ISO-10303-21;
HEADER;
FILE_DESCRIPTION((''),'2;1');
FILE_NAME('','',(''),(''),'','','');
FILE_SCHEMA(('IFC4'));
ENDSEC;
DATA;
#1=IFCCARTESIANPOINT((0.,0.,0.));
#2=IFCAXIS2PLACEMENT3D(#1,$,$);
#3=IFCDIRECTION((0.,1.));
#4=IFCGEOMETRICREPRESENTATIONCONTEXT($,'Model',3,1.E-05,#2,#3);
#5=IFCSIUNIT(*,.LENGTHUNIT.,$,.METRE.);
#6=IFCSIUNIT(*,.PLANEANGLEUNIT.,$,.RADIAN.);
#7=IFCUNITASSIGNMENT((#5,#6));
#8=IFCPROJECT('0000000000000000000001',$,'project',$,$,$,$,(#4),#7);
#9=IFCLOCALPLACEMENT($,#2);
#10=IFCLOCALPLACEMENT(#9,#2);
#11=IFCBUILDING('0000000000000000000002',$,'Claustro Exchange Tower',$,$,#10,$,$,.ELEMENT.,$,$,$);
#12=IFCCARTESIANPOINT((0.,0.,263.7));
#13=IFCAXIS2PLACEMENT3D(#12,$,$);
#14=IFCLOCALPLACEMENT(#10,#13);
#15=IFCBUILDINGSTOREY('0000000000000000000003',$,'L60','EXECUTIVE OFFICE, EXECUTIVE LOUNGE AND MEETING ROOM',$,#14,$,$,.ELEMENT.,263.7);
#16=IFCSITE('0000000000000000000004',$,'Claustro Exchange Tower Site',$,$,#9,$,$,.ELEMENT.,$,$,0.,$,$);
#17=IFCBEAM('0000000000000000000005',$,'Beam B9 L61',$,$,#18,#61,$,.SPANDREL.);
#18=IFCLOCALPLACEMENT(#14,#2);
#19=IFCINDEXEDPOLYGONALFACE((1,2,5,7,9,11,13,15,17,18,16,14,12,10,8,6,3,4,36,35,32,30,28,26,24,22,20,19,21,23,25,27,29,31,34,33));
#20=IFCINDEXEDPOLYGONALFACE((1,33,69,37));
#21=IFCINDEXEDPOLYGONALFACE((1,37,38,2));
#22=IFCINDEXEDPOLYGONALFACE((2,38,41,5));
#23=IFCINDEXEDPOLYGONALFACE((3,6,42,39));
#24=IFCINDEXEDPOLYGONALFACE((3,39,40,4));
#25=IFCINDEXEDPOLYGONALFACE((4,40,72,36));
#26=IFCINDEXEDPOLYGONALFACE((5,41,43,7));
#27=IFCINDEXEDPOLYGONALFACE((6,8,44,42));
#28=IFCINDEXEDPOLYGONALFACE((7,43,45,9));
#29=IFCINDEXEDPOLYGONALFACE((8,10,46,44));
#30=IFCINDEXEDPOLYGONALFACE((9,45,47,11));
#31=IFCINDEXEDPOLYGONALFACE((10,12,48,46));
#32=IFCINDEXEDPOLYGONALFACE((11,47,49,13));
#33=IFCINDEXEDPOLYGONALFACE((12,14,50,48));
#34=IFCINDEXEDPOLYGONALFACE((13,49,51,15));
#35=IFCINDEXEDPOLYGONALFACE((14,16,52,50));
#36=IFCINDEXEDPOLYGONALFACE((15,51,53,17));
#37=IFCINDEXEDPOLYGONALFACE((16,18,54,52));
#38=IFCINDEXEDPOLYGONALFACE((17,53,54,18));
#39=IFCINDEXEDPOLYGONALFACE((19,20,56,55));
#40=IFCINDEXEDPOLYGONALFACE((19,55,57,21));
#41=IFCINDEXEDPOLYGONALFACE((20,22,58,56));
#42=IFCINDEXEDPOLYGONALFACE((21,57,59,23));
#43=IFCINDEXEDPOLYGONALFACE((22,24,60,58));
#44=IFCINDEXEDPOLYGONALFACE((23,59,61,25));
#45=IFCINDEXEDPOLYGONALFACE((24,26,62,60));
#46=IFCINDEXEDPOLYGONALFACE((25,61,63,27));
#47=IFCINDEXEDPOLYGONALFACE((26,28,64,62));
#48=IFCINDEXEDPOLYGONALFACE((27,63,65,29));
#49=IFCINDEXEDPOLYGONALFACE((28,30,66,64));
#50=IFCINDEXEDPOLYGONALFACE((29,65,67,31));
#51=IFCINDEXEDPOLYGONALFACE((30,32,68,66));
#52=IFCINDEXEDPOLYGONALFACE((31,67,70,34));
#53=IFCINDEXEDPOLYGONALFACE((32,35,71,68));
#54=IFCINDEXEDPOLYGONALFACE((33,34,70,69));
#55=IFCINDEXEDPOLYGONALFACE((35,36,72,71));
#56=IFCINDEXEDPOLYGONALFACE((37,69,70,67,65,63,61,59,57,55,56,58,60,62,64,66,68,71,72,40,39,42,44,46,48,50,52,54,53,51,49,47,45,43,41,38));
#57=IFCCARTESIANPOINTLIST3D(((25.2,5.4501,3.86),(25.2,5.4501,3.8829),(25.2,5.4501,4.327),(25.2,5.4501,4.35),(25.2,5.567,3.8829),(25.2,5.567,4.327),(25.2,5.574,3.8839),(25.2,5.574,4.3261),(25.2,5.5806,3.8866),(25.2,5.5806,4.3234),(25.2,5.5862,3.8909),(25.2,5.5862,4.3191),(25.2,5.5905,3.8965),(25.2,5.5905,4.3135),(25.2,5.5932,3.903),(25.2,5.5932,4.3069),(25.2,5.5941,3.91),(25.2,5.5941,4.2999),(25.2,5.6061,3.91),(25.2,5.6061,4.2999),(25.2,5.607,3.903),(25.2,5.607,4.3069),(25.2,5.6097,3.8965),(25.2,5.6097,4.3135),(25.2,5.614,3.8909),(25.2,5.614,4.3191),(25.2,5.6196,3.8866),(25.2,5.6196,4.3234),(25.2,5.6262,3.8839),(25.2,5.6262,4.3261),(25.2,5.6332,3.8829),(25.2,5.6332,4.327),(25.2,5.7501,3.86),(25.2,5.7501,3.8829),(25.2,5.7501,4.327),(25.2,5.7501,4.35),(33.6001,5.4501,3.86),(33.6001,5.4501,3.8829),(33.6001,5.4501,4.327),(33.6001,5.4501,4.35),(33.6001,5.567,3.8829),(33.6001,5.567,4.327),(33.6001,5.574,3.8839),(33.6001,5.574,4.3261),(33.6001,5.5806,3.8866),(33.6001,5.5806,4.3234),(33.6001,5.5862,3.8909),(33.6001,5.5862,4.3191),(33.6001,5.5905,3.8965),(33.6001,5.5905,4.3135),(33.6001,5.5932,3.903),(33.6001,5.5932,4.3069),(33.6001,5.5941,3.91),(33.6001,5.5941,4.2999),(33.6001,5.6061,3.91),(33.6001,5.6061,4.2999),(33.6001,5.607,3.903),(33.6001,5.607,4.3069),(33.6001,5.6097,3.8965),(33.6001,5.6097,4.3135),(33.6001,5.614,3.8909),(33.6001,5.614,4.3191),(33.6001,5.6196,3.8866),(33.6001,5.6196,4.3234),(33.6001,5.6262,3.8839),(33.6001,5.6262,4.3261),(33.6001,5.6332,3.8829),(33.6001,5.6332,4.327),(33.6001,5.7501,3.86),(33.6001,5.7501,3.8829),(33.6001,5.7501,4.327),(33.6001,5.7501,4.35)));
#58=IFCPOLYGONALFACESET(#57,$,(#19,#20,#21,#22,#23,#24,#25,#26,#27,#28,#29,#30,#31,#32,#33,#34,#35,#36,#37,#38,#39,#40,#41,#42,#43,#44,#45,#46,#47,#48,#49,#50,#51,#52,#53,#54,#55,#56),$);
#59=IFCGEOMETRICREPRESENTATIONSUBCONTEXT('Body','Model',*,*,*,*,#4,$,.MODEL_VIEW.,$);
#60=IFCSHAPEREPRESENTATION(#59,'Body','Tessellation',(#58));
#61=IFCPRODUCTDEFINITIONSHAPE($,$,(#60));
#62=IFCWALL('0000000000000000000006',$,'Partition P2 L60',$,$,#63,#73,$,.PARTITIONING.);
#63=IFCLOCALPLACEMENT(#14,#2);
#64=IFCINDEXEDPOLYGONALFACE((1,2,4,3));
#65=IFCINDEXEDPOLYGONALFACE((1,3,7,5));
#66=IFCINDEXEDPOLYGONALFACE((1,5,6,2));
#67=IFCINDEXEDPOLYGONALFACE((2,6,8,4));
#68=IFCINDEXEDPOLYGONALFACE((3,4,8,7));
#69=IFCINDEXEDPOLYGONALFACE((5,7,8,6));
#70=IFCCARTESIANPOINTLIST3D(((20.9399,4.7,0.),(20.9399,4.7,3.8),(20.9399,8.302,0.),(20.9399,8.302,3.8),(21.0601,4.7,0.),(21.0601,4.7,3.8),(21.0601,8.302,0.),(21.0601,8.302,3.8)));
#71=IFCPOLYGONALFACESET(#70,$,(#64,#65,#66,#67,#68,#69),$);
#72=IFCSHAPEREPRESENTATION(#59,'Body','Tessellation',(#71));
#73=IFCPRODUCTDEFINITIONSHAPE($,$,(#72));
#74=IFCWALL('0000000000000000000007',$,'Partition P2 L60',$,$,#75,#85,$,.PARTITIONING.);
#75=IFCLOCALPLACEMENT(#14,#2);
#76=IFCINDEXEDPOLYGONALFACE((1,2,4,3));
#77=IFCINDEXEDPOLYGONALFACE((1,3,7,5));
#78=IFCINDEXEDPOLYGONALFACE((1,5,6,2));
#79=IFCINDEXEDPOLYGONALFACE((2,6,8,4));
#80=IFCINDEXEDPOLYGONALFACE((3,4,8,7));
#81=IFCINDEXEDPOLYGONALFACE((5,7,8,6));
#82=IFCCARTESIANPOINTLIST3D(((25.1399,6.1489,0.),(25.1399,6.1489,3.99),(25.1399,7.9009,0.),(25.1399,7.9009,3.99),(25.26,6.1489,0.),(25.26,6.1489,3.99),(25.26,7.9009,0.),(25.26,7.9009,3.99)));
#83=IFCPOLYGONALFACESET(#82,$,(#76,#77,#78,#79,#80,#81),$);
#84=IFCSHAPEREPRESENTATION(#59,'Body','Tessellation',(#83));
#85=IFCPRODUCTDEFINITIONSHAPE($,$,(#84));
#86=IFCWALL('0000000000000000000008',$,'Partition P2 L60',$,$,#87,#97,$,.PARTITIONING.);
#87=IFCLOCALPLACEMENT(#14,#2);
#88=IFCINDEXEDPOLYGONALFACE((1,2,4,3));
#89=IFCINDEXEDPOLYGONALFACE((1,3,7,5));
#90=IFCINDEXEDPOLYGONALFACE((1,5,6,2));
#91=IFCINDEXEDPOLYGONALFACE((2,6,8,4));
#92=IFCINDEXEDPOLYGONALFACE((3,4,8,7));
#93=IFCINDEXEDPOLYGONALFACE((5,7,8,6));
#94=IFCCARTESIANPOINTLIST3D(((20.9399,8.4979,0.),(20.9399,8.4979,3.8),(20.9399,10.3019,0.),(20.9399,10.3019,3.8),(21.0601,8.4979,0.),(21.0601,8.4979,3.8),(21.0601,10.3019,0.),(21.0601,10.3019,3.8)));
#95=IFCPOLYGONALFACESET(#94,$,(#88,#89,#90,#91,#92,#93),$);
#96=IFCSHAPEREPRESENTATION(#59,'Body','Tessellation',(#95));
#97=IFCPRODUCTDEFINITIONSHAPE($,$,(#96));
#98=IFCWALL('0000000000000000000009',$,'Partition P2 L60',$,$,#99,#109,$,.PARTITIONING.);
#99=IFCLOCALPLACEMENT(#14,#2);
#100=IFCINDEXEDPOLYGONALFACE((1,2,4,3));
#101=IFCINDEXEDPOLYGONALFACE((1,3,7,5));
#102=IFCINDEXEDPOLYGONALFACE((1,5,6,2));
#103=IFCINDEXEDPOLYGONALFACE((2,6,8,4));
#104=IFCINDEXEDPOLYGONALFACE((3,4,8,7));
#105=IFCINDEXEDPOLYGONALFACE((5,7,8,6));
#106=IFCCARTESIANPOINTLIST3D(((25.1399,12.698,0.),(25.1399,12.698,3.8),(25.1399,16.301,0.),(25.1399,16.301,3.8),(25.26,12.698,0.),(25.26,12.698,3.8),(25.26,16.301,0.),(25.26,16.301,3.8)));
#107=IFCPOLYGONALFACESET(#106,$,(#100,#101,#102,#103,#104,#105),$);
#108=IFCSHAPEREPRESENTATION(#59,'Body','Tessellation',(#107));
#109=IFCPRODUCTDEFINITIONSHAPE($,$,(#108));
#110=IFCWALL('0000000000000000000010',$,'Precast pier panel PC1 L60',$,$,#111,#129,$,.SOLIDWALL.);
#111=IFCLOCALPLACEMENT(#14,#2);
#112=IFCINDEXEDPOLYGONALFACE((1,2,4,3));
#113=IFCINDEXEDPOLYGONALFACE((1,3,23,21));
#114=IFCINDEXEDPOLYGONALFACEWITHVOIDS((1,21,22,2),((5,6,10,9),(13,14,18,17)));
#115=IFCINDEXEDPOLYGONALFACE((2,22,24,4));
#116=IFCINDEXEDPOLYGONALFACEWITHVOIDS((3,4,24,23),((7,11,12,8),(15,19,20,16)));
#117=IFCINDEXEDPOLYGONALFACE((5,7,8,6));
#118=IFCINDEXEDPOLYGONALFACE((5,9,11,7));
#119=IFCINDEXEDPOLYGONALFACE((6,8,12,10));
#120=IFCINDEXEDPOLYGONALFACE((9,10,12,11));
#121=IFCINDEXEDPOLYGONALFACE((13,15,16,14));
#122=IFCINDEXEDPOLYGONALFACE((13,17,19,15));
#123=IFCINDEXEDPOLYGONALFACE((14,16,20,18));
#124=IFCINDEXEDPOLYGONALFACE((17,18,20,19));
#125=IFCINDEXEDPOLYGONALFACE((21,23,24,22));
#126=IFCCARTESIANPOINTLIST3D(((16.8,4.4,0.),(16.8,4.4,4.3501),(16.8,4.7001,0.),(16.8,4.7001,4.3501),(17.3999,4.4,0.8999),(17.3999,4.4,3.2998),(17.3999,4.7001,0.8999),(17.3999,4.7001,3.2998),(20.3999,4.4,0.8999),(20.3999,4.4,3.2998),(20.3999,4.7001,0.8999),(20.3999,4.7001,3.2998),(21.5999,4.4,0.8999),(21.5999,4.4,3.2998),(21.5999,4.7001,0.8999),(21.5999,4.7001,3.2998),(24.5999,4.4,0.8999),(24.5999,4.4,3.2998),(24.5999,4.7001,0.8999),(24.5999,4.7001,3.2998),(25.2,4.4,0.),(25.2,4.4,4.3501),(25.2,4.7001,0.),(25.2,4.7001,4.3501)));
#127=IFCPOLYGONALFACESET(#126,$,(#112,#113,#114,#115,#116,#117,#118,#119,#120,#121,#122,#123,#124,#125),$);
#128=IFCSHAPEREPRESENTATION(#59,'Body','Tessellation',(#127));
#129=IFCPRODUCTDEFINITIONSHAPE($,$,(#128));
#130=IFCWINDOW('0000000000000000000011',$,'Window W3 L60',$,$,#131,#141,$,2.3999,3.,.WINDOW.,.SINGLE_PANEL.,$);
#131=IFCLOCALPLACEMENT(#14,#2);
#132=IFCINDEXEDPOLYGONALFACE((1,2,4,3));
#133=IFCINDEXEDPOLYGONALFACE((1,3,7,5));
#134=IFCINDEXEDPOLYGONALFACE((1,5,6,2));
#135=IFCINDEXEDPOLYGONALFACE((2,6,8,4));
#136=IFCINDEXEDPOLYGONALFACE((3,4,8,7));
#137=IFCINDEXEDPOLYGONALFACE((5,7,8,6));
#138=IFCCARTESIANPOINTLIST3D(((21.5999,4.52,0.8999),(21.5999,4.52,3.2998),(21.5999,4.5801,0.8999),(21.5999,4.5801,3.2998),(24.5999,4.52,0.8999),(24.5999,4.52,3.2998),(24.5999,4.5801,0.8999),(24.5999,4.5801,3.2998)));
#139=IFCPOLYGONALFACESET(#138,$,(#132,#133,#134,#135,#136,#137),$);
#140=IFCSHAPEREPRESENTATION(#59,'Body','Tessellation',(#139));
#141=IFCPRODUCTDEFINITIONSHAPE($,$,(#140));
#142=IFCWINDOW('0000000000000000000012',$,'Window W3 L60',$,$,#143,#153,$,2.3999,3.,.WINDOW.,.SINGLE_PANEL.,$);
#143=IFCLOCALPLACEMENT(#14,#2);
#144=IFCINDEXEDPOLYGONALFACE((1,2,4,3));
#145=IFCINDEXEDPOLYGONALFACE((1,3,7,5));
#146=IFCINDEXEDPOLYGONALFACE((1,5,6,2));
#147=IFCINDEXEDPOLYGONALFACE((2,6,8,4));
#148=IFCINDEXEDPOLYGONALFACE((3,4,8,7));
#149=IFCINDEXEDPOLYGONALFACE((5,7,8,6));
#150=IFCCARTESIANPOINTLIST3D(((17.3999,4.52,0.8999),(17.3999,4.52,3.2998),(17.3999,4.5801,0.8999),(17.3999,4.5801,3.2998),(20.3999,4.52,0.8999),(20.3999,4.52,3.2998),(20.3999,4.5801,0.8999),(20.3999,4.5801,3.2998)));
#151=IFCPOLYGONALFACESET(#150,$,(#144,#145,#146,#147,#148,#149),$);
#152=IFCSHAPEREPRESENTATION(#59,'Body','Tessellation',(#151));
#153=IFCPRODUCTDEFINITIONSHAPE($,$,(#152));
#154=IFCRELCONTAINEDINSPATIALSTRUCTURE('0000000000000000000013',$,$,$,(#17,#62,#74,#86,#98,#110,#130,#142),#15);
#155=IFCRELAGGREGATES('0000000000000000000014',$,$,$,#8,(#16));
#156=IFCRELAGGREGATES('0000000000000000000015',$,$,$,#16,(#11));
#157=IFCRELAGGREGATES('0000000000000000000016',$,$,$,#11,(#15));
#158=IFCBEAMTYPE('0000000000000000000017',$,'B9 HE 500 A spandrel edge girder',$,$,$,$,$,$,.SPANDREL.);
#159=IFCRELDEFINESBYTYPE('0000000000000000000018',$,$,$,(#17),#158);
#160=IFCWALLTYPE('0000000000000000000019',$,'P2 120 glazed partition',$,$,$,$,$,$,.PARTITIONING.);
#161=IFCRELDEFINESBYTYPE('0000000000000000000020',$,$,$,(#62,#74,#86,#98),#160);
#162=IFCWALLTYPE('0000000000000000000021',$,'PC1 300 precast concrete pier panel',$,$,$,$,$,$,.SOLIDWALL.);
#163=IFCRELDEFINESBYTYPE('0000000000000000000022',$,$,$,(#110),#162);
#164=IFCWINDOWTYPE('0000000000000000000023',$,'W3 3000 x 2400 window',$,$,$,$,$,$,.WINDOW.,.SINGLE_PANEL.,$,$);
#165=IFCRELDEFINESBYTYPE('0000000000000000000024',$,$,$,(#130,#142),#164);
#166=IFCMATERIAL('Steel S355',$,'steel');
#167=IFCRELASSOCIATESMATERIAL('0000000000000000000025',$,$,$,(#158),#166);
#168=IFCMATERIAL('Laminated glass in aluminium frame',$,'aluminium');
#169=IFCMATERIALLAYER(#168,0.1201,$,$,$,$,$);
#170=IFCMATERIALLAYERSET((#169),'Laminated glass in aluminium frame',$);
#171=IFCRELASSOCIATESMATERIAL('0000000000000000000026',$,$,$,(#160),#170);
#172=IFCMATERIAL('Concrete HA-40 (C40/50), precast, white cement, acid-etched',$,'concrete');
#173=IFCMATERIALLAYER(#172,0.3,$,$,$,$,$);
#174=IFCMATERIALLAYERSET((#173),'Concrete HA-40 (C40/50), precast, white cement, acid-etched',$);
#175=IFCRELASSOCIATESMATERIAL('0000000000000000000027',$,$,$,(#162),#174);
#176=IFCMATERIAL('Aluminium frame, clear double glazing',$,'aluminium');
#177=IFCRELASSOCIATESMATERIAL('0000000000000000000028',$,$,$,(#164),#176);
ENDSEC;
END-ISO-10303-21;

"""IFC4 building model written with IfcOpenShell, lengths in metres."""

from ifc_helpers import new_model, si_unit, direction, frame, frame_2d, origin, origin_2d, place, context, subcontext, project, spatial, rectangle, i_section, extrude, material, layer, layer_set, material_profile, profile_set, type_object, element, fill, save


model = new_model("IFC4")

# Units and contexts
model_context = context("Model", 3, precision=1e-05, world=origin(), true_north=direction((0.0, 1.0)))
body_context = subcontext(model_context, "Body", "Model", "MODEL_VIEW")
ifc_project = project(units=[si_unit("LENGTHUNIT", "METRE"), si_unit("PLANEANGLEUNIT", "RADIAN")], contexts=[model_context])

# Site, building, storey
site_placement = place(None, origin())
site = spatial("IfcSite", under=ifc_project, at=site_placement, Name="Claustro Exchange Tower Site", CompositionType="ELEMENT", RefElevation=0.0)
building_placement = place(site_placement, origin())
building = spatial("IfcBuilding", under=site, at=building_placement, Name="Claustro Exchange Tower", CompositionType="ELEMENT")
storey_placement = place(building_placement, frame((0.0, 0.0, 263.7)))
storey = spatial("IfcBuildingStorey", under=building, at=storey_placement, Name="L60", Description="EXECUTIVE OFFICE, EXECUTIVE LOUNGE AND MEETING ROOM", CompositionType="ELEMENT", Elevation=263.7)

# Beam
ifc_material_1 = material(Name="Steel S355", Category="steel")
ifc_material_profile_1 = material_profile(ifc_material_1, i_section(OverallWidth=0.3, OverallDepth=0.49, WebThickness=0.012, FlangeThickness=0.0229, FilletRadius=0.0271, at=origin_2d()), Name="HE 500 A")
ifc_profile_set_1 = profile_set([ifc_material_profile_1], Name="Steel S355")
beam_type_1 = type_object("IfcBeamType", Name="B9 HE 500 A spandrel edge girder", PredefinedType="SPANDREL", material=ifc_profile_set_1)
beam_1_placement = place(storey_placement, frame((25.2, 5.6001, 4.105), z_axis=(1.0, 0.0, 0.0), x_axis=(0.0, 1.0, 0.0)))
element("IfcBeam", 1, at=beam_1_placement, inside=storey, type_object=beam_type_1, Name="Beam B9 L61", PredefinedType="SPANDREL", context=body_context, shape_type="SweptSolid", body=[
    extrude(i_section(OverallWidth=0.3, OverallDepth=0.49, WebThickness=0.012, FlangeThickness=0.0229, FilletRadius=0.0271, at=origin_2d()), origin(), (0.0, 0.0, 1.0), 8.4001),
])

# Walls
ifc_material_2 = material(Name="Laminated glass in aluminium frame", Category="aluminium")
ifc_layer_1 = layer(ifc_material_2, 0.1201)
ifc_layer_set_1 = layer_set([ifc_layer_1], Name="Laminated glass in aluminium frame")
wall_type_1 = type_object("IfcWallType", Name="P2 120 glazed partition", PredefinedType="PARTITIONING", material=ifc_layer_set_1)
wall_1_placement = place(storey_placement, frame((21.0, 4.7, 0.0), z_axis=(0.0, 0.0, 1.0), x_axis=(0.0, 1.0, 0.0)))
element("IfcWall", 2, at=wall_1_placement, inside=storey, type_object=wall_type_1, Name="Partition P2 L60", PredefinedType="PARTITIONING", context=body_context, shape_type="SweptSolid", body=[
    extrude(rectangle(XDim=3.6021, YDim=0.1201, at=frame_2d((1.801, 0.0))), origin(), (0.0, 0.0, 1.0), 3.8),
])
wall_2_placement = place(storey_placement, frame((25.2, 6.1489, 0.0), z_axis=(0.0, 0.0, 1.0), x_axis=(0.0, 1.0, 0.0)))
element("IfcWall", 3, at=wall_2_placement, inside=storey, type_object=wall_type_1, Name="Partition P2 L60", PredefinedType="PARTITIONING", context=body_context, shape_type="SweptSolid", body=[
    extrude(rectangle(XDim=1.752, YDim=0.1201, at=frame_2d((0.876, 0.0))), origin(), (0.0, 0.0, 1.0), 3.99),
])
wall_3_placement = place(storey_placement, frame((21.0, 8.498, 0.0), z_axis=(0.0, 0.0, 1.0), x_axis=(0.0, 1.0, 0.0)))
element("IfcWall", 4, at=wall_3_placement, inside=storey, type_object=wall_type_1, Name="Partition P2 L60", PredefinedType="PARTITIONING", context=body_context, shape_type="SweptSolid", body=[
    extrude(rectangle(XDim=1.804, YDim=0.1201, at=frame_2d((0.9019, 0.0))), origin(), (0.0, 0.0, 1.0), 3.8),
])
wall_4_placement = place(storey_placement, frame((25.2, 12.698, 0.0), z_axis=(0.0, 0.0, 1.0), x_axis=(0.0, 1.0, 0.0)))
element("IfcWall", 5, at=wall_4_placement, inside=storey, type_object=wall_type_1, Name="Partition P2 L60", PredefinedType="PARTITIONING", context=body_context, shape_type="SweptSolid", body=[
    extrude(rectangle(XDim=3.603, YDim=0.1201, at=frame_2d((1.8015, 0.0))), origin(), (0.0, 0.0, 1.0), 3.8),
])

# Wall, openings, windows
ifc_material_3 = material(Name="Concrete HA-40 (C40/50), precast, white cement, acid-etched", Category="concrete")
ifc_layer_2 = layer(ifc_material_3, 0.3)
ifc_layer_set_2 = layer_set([ifc_layer_2], Name="Concrete HA-40 (C40/50), precast, white cement, acid-etched")
wall_type_2 = type_object("IfcWallType", Name="PC1 300 precast concrete pier panel", PredefinedType="SOLIDWALL", material=ifc_layer_set_2)
wall_5_placement = place(storey_placement, frame((25.2, 4.55, 0.0), z_axis=(0.0, 0.0, 1.0), x_axis=(-1.0, 0.0, 0.0)))
wall_5 = element("IfcWall", 6, at=wall_5_placement, inside=storey, type_object=wall_type_2, Name="Precast pier panel PC1 L60", PredefinedType="SOLIDWALL", context=body_context, shape_type="SweptSolid", body=[
    extrude(rectangle(XDim=8.3999, YDim=0.3, at=frame_2d((4.2, 0.0))), origin(), (0.0, 0.0, 1.0), 4.3501),
])
opening_1_placement = place(wall_5_placement, frame((0.6001, 0.0, 0.8999)))
opening_1 = element("IfcOpeningElement", 7, at=opening_1_placement, cuts=wall_5, PredefinedType="OPENING", context=body_context, shape_type="SweptSolid", body=[
    extrude(rectangle(XDim=3.0, YDim=2.3999, at=frame_2d((1.5, 1.2))), frame((0.0, 0.1599, 0.0), z_axis=(0.0, -1.0, 0.0), x_axis=(1.0, 0.0, 0.0)), (0.0, 0.0, 1.0), 0.3201),
])
opening_2_placement = place(wall_5_placement, frame((4.8, 0.0, 0.8999)))
opening_2 = element("IfcOpeningElement", 8, at=opening_2_placement, cuts=wall_5, PredefinedType="OPENING", context=body_context, shape_type="SweptSolid", body=[
    extrude(rectangle(XDim=3.0, YDim=2.3999, at=frame_2d((1.5, 1.2))), frame((0.0, 0.1599, 0.0), z_axis=(0.0, -1.0, 0.0), x_axis=(1.0, 0.0, 0.0)), (0.0, 0.0, 1.0), 0.3201),
])
ifc_material_4 = material(Name="Aluminium frame, clear double glazing", Category="aluminium")
window_type_1 = type_object("IfcWindowType", Name="W3 3000 x 2400 window", PartitioningType="SINGLE_PANEL", PredefinedType="WINDOW", material=ifc_material_4)
window_1_placement = place(opening_1_placement, origin())
window_1 = element("IfcWindow", 9, at=window_1_placement, inside=storey, type_object=window_type_1, Name="Window W3 L60", OverallHeight=2.3999, OverallWidth=3.0, PartitioningType="SINGLE_PANEL", PredefinedType="WINDOW", context=body_context, shape_type="SweptSolid", body=[
    extrude(rectangle(XDim=3.0, YDim=2.3999, at=frame_2d((1.5, 1.2))), frame((0.0, 0.03, 0.0), z_axis=(0.0, -1.0, 0.0), x_axis=(1.0, 0.0, 0.0)), (0.0, 0.0, 1.0), 0.0601),
])
fill(opening_1, window_1)
window_2_placement = place(opening_2_placement, origin())
window_2 = element("IfcWindow", 10, at=window_2_placement, inside=storey, type_object=window_type_1, Name="Window W3 L60", OverallHeight=2.3999, OverallWidth=3.0, PartitioningType="SINGLE_PANEL", PredefinedType="WINDOW", context=body_context, shape_type="SweptSolid", body=[
    extrude(rectangle(XDim=3.0, YDim=2.3999, at=frame_2d((1.5, 1.2))), frame((0.0, 0.03, 0.0), z_axis=(0.0, -1.0, 0.0), x_axis=(1.0, 0.0, 0.0)), (0.0, 0.0, 1.0), 0.0601),
])
fill(opening_2, window_2)

save(model, "model.ifc")
